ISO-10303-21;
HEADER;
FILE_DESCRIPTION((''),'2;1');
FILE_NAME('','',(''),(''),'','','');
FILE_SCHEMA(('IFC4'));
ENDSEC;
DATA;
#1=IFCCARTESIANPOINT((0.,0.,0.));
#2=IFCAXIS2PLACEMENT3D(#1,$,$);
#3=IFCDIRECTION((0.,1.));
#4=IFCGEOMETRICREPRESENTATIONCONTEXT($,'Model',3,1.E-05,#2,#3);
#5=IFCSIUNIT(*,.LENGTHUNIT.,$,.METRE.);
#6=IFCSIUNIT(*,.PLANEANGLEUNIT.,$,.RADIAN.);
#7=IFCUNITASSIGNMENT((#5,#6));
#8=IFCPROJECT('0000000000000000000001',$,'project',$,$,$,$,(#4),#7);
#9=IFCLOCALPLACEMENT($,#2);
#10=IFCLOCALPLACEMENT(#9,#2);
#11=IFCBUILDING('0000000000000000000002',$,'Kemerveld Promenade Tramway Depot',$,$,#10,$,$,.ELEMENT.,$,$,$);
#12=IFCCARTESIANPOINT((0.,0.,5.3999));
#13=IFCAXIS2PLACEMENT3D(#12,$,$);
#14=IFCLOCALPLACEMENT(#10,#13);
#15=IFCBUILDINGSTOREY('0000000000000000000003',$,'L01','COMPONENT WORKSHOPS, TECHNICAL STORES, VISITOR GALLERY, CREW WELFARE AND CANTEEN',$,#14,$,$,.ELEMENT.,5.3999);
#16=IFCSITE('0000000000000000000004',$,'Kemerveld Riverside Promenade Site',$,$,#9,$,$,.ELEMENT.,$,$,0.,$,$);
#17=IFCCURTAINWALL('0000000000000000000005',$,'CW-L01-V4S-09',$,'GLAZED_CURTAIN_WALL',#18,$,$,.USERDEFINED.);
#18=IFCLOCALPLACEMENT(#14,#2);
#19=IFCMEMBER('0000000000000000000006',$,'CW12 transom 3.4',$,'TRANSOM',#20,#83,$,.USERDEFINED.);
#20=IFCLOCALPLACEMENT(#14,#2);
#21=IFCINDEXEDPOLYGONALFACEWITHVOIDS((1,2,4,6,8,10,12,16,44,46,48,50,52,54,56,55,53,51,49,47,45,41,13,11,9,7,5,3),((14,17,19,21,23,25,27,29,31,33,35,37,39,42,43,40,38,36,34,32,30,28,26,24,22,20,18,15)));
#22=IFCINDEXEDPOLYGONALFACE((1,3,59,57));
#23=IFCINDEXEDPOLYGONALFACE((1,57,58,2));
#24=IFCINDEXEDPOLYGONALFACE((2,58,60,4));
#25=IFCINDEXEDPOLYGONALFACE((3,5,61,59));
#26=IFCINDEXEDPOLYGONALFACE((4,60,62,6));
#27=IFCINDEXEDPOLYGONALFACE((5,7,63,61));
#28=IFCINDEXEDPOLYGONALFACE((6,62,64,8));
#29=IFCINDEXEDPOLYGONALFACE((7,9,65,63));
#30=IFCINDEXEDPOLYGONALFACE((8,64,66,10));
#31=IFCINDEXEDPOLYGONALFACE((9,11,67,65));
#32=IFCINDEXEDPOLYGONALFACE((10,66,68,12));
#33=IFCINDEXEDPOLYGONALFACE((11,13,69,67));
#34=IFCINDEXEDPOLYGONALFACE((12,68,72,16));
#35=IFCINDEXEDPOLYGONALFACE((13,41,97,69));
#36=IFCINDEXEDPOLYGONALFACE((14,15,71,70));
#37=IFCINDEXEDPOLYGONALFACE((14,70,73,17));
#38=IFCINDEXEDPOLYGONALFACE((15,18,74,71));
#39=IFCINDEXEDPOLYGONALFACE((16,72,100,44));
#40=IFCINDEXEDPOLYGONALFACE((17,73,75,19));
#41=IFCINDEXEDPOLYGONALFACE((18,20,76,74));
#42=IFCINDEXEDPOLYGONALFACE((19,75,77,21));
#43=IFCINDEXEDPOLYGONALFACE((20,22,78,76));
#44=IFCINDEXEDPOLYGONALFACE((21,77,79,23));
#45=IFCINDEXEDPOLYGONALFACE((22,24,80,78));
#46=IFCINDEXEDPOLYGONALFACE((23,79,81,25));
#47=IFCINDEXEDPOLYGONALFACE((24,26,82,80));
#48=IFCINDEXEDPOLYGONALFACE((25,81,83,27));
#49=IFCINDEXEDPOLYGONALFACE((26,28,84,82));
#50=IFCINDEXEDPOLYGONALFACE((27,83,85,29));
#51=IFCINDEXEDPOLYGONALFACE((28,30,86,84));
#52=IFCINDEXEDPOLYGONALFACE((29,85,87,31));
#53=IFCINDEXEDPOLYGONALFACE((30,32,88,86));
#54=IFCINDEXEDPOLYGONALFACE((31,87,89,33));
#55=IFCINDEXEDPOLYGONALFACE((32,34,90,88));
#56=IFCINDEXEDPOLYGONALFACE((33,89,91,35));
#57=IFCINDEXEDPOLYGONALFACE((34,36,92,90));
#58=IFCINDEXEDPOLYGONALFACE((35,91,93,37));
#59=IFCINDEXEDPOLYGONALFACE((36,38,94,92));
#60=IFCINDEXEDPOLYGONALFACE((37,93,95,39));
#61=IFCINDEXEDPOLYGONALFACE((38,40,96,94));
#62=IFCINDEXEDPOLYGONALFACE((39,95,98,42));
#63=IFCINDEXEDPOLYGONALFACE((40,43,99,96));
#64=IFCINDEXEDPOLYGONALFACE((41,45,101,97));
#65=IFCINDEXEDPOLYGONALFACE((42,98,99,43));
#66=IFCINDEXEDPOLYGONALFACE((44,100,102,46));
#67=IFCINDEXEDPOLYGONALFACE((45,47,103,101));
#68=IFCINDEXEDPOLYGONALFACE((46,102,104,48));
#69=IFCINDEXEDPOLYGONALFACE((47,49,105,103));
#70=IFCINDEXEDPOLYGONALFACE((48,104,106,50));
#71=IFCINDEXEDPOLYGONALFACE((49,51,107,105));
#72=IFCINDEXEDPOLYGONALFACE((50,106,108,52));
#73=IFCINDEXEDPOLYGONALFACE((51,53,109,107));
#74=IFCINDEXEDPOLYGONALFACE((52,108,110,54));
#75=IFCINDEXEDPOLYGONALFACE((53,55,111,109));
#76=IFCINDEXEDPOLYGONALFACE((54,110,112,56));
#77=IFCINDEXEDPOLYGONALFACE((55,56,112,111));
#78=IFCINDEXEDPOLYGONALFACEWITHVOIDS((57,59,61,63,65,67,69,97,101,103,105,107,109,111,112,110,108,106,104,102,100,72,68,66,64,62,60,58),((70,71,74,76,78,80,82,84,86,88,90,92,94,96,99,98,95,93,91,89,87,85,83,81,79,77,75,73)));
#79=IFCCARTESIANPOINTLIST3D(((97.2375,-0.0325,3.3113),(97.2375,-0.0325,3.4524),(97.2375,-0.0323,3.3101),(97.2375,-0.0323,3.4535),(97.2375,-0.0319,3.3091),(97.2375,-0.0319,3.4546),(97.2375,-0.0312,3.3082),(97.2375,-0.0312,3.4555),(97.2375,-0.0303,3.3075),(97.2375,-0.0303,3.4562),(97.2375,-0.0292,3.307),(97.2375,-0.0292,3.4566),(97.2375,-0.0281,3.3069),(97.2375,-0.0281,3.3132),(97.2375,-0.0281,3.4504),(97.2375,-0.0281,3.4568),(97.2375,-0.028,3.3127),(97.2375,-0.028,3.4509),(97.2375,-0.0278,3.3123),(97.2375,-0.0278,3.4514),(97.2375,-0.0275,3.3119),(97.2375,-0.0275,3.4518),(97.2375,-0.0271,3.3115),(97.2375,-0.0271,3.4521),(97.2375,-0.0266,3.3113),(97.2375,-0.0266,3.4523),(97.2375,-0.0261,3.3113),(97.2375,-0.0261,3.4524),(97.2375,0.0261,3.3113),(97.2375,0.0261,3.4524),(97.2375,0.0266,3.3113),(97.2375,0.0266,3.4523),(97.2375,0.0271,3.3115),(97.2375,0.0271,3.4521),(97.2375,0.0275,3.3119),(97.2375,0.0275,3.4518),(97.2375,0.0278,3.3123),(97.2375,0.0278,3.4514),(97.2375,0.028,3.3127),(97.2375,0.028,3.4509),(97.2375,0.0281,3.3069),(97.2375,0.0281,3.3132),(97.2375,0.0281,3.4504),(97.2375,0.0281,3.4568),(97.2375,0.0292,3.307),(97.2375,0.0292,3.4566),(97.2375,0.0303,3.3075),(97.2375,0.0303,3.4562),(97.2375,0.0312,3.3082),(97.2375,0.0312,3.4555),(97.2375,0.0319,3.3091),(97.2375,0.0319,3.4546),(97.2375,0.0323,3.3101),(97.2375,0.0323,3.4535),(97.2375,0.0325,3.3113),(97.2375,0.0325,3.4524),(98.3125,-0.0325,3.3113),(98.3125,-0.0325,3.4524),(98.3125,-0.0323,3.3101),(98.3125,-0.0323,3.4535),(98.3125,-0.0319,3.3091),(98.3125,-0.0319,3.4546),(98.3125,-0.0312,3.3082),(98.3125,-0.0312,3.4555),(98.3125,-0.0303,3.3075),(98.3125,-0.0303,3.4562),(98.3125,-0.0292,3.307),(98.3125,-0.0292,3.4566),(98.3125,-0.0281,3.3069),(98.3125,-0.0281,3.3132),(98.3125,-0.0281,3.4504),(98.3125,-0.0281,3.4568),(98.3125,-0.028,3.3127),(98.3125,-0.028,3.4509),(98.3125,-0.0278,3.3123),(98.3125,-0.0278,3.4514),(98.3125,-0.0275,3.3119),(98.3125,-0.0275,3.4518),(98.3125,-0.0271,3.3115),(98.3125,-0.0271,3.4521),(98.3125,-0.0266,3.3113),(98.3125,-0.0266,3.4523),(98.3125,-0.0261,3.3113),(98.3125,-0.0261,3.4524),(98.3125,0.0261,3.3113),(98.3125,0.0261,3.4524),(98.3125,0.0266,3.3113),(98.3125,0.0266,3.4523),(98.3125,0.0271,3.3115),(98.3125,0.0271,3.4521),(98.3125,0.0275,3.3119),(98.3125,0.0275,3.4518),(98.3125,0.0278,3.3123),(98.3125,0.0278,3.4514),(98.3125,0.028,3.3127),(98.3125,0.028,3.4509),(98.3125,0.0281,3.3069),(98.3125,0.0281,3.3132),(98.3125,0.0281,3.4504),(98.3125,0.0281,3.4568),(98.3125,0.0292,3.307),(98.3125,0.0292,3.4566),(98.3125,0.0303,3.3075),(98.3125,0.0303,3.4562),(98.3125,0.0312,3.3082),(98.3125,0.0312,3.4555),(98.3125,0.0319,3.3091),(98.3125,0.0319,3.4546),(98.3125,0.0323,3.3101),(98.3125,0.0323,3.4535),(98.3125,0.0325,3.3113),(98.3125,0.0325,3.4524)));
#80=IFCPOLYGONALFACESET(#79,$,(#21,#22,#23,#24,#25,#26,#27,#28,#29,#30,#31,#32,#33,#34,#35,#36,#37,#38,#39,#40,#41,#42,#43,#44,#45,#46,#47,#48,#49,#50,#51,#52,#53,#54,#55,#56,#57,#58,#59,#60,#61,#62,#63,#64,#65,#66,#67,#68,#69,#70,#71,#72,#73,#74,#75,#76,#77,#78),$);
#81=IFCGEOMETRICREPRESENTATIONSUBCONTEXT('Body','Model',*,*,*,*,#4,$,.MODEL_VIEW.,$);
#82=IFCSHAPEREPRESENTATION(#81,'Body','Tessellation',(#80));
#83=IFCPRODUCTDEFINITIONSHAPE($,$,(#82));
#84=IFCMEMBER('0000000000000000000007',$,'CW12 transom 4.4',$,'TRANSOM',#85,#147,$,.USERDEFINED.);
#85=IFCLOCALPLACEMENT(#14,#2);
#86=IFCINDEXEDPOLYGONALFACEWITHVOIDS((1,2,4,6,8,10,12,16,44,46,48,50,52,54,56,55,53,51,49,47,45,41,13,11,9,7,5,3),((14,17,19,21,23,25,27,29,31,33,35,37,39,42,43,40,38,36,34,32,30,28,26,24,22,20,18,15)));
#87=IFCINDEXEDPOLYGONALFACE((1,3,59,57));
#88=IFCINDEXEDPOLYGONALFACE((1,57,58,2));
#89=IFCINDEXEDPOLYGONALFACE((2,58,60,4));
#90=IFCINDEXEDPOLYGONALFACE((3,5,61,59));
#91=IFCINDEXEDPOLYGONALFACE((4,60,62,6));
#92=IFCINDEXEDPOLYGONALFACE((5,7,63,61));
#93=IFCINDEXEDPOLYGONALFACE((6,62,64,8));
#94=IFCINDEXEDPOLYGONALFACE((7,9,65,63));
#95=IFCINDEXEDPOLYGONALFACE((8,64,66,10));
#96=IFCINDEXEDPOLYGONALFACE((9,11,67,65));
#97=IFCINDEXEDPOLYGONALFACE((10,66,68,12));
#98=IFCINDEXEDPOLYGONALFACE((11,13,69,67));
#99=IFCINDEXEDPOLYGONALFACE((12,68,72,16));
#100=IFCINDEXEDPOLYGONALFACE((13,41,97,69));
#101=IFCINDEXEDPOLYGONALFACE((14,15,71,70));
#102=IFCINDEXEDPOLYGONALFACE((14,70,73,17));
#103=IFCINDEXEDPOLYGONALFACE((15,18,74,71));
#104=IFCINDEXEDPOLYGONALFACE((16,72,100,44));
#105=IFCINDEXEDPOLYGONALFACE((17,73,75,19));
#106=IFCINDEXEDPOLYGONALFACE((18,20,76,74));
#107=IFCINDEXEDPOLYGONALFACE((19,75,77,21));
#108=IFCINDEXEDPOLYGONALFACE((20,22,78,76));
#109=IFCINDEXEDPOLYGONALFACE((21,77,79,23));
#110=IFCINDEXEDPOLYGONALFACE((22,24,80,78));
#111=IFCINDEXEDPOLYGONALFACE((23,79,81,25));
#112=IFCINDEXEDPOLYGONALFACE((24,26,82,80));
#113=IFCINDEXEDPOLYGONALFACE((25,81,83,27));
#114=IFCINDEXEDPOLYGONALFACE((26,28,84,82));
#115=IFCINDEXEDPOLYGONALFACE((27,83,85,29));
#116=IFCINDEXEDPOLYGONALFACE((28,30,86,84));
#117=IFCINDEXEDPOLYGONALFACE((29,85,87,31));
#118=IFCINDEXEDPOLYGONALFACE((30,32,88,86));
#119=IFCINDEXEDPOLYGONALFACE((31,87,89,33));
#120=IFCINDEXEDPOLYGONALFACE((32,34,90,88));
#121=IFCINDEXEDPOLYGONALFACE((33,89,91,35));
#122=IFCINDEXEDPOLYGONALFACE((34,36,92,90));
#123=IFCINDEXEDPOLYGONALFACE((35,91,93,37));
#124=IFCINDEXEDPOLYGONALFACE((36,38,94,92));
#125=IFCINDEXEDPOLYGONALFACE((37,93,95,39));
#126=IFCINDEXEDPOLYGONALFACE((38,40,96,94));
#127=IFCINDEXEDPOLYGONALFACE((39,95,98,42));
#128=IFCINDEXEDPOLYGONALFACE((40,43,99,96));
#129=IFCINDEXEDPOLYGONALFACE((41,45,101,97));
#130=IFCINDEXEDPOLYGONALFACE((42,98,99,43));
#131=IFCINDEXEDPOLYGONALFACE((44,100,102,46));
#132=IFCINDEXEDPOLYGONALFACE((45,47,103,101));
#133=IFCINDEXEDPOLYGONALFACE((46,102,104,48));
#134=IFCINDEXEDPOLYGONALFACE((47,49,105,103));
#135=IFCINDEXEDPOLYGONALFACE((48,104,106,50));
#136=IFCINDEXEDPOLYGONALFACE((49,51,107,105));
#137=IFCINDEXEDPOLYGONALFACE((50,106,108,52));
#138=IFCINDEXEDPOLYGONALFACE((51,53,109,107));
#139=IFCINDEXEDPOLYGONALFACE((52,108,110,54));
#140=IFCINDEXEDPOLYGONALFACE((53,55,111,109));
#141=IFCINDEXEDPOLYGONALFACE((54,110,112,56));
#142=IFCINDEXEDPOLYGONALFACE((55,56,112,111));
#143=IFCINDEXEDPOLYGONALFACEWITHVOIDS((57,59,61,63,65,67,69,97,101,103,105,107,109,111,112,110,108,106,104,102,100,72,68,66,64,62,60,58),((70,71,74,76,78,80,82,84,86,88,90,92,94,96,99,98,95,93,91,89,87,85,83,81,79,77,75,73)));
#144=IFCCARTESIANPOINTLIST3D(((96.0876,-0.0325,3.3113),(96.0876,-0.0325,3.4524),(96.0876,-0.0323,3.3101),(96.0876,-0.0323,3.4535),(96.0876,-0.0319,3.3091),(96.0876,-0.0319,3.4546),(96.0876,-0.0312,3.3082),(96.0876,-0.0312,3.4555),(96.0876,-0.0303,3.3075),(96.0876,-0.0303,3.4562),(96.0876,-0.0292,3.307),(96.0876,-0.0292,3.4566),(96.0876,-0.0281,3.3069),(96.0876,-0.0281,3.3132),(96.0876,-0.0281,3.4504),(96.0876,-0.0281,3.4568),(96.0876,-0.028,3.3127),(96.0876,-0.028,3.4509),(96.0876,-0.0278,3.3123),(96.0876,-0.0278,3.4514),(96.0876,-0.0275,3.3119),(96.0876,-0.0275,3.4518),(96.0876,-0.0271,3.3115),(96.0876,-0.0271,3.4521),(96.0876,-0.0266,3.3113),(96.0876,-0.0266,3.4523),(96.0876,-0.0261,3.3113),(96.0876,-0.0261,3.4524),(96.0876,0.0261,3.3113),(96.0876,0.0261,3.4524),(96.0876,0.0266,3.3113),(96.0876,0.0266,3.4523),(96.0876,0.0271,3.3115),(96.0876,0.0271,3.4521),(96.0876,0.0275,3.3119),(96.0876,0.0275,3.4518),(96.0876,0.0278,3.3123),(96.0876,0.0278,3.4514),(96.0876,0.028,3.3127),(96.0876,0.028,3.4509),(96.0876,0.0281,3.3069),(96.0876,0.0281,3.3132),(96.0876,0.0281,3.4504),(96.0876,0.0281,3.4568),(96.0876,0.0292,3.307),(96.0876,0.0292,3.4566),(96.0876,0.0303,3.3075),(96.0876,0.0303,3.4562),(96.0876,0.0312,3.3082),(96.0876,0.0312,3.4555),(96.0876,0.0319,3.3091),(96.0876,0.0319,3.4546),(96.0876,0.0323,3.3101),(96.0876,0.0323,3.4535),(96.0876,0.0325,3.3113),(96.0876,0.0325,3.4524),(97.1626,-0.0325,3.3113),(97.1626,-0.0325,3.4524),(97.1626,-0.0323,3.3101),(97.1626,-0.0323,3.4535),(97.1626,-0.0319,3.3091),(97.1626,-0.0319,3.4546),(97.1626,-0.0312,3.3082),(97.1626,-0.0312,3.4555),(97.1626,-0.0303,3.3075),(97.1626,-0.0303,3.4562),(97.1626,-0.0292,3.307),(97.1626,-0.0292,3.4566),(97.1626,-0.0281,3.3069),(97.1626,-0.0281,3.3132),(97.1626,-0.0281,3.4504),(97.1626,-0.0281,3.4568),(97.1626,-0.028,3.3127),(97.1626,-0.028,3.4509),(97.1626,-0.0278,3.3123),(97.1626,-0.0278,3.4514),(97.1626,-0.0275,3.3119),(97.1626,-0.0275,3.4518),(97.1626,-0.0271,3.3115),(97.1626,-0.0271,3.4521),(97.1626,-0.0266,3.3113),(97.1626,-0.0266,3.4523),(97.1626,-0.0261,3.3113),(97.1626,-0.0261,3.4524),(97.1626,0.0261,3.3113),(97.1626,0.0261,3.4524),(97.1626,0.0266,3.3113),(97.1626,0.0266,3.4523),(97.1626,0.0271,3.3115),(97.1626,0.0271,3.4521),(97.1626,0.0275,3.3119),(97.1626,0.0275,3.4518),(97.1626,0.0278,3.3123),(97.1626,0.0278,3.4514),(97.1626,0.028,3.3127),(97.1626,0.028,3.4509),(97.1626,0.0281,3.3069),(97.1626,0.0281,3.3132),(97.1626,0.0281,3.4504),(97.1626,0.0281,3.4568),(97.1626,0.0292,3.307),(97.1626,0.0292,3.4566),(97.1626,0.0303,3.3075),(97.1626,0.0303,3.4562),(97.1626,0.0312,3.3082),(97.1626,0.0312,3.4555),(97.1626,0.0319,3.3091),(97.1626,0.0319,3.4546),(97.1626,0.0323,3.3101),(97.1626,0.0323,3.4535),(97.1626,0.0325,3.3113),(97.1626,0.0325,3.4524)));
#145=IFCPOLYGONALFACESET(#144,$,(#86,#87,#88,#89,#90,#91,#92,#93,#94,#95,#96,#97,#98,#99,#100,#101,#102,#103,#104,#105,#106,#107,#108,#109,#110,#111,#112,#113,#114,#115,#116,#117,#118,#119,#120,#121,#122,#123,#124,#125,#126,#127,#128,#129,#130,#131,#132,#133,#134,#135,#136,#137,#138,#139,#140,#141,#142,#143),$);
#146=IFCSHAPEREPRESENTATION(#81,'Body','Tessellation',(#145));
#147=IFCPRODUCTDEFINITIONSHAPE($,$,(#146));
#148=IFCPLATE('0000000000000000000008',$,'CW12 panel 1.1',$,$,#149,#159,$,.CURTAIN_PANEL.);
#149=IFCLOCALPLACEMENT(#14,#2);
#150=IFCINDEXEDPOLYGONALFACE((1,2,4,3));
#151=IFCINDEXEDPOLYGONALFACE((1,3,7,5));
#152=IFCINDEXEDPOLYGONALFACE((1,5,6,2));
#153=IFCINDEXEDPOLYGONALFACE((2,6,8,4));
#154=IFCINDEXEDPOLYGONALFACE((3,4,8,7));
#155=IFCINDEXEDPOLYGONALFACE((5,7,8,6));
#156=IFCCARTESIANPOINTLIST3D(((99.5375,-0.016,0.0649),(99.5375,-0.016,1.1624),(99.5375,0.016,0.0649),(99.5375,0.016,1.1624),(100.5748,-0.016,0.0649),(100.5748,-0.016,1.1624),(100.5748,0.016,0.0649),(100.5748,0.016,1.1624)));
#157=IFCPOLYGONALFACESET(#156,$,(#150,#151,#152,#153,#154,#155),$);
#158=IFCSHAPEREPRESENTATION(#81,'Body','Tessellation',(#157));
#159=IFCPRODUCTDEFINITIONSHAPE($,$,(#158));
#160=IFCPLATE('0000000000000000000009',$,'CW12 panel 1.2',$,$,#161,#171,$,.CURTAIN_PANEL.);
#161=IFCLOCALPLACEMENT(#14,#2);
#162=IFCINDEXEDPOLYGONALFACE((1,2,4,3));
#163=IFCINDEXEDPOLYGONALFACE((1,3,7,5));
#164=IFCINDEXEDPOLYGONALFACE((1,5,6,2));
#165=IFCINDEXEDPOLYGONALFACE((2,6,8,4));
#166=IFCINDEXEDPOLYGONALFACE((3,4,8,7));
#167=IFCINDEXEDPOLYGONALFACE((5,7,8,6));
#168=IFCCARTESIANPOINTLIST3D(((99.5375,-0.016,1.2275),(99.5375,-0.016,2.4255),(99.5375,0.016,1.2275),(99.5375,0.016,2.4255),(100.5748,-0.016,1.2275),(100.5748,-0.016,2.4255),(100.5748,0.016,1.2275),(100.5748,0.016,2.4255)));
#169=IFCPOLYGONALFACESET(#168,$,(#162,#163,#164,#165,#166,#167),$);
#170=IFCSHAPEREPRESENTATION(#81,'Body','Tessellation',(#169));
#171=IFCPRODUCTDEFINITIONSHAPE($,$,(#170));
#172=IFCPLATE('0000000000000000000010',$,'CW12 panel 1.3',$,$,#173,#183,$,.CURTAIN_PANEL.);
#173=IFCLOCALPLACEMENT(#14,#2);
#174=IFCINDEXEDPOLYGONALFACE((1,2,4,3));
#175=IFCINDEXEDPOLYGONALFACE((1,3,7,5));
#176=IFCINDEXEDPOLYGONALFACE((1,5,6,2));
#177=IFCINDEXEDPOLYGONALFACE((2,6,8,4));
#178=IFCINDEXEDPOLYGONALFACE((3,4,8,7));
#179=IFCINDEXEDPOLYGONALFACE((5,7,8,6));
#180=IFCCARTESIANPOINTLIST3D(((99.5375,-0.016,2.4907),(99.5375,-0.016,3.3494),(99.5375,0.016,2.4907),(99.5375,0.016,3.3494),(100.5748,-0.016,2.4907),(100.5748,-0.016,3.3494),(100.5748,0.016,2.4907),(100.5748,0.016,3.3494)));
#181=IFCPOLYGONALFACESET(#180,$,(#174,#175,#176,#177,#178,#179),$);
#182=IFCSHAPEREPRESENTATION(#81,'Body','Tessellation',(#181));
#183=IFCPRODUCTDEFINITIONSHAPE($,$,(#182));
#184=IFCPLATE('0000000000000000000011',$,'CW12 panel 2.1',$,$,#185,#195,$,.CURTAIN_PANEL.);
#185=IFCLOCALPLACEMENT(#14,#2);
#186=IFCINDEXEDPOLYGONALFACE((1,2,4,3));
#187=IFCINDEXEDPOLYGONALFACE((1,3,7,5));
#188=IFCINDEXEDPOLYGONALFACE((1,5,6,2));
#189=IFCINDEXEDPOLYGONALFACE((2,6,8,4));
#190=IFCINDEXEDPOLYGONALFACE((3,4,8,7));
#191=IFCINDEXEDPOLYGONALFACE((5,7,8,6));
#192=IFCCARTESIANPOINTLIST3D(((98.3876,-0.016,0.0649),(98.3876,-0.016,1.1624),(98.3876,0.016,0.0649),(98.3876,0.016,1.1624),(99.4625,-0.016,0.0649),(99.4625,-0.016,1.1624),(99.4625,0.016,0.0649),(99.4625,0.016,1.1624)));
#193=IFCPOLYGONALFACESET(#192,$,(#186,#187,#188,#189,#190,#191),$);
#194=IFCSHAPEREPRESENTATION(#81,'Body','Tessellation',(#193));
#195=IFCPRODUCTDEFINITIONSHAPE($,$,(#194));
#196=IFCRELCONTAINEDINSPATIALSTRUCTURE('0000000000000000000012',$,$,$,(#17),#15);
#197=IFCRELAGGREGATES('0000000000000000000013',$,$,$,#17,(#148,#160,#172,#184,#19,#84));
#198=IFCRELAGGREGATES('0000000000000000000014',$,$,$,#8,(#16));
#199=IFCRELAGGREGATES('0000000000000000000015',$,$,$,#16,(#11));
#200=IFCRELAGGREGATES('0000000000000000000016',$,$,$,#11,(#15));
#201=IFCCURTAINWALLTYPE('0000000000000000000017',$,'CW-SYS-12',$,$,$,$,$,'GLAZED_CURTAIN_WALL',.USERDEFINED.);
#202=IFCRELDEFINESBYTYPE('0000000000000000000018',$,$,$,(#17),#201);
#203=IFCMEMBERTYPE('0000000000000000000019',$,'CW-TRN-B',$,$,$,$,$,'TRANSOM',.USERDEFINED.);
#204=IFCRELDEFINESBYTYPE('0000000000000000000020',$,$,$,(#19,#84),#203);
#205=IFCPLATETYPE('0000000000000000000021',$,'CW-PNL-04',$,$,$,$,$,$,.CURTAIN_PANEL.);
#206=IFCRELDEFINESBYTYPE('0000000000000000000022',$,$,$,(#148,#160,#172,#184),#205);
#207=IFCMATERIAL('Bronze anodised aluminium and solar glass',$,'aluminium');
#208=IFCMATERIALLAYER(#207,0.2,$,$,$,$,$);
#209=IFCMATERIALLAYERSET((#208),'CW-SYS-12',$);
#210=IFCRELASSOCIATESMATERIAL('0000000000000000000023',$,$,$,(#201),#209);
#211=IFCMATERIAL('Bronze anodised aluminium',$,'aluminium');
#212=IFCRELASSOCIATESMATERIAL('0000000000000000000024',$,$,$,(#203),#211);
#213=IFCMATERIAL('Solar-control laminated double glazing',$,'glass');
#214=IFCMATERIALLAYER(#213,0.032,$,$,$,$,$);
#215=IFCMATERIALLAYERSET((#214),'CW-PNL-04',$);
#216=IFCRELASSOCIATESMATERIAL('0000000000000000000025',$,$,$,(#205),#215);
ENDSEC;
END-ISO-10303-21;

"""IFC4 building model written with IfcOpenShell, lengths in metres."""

from ifc_helpers import new_model, si_unit, direction, frame, origin, origin_2d, place, context, subcontext, project, spatial, rectangle, hollow_rectangle, extrude, material, layer, layer_set, material_profile, profile_set, type_object, element, aggregate, save


model = new_model("IFC4")

# Units and contexts
model_context = context("Model", 3, precision=1e-05, world=origin(), true_north=direction((0.0, 1.0)))
body_context = subcontext(model_context, "Body", "Model", "MODEL_VIEW")
ifc_project = project(units=[si_unit("LENGTHUNIT", "METRE"), si_unit("PLANEANGLEUNIT", "RADIAN")], contexts=[model_context])

# Site, building, storey
site_placement = place(None, origin())
site = spatial("IfcSite", under=ifc_project, at=site_placement, Name="Kemerveld Riverside Promenade Site", CompositionType="ELEMENT", RefElevation=0.0)
building_placement = place(site_placement, origin())
building = spatial("IfcBuilding", under=site, at=building_placement, Name="Kemerveld Promenade Tramway Depot", CompositionType="ELEMENT")
storey_placement = place(building_placement, frame((0.0, 0.0, 5.3999)))
storey = spatial("IfcBuildingStorey", under=building, at=storey_placement, Name="L01", Description="COMPONENT WORKSHOPS, TECHNICAL STORES, VISITOR GALLERY, CREW WELFARE AND CANTEEN", CompositionType="ELEMENT", Elevation=5.3999)

# Curtain wall, members, plates
ifc_material_1 = material(Name="Bronze anodised aluminium and solar glass", Category="aluminium")
ifc_layer_1 = layer(ifc_material_1, 0.2)
ifc_layer_set_1 = layer_set([ifc_layer_1], Name="CW-SYS-12")
curtain_wall_type = type_object("IfcCurtainWallType", Name="CW-SYS-12", ElementType="GLAZED_CURTAIN_WALL", PredefinedType="USERDEFINED", material=ifc_layer_set_1)
curtain_wall_placement = place(storey_placement, origin())
curtain_wall = element("IfcCurtainWall", 1, at=curtain_wall_placement, inside=storey, type_object=curtain_wall_type, Name="CW-L01-V4S-09", ObjectType="GLAZED_CURTAIN_WALL", PredefinedType="USERDEFINED")
ifc_material_2 = material(Name="Bronze anodised aluminium", Category="aluminium")
ifc_material_profile_1 = material_profile(ifc_material_2, hollow_rectangle(XDim=0.0649, YDim=0.1499, WallThickness=0.0044, InnerFilletRadius=0.002, OuterFilletRadius=0.0044, at=origin_2d()), Name="CW-TRN-150x65")
ifc_profile_set_1 = profile_set([ifc_material_profile_1], Name="Bronze anodised aluminium")
member_type_1 = type_object("IfcMemberType", Name="CW-TRN-B", ElementType="TRANSOM", PredefinedType="USERDEFINED", material=ifc_profile_set_1)
member_1_placement = place(storey_placement, frame((98.3125, 0.0, 3.3818), z_axis=(-1.0, 0.0, 0.0), x_axis=(0.0, -1.0, 0.0)))
member_1 = element("IfcMember", 2, at=member_1_placement, type_object=member_type_1, Name="CW12 transom 3.4", ObjectType="TRANSOM", PredefinedType="USERDEFINED", context=body_context, shape_type="SweptSolid", body=[
    extrude(hollow_rectangle(XDim=0.0649, YDim=0.1499, WallThickness=0.0044, InnerFilletRadius=0.002, OuterFilletRadius=0.0044, at=origin_2d()), origin(), (0.0, 0.0, 1.0), 1.075),
])
member_2_placement = place(storey_placement, frame((97.1626, 0.0, 3.3818), z_axis=(-1.0, 0.0, 0.0), x_axis=(0.0, -1.0, 0.0)))
member_2 = element("IfcMember", 3, at=member_2_placement, type_object=member_type_1, Name="CW12 transom 4.4", ObjectType="TRANSOM", PredefinedType="USERDEFINED", context=body_context, shape_type="SweptSolid", body=[
    extrude(hollow_rectangle(XDim=0.0649, YDim=0.1499, WallThickness=0.0044, InnerFilletRadius=0.002, OuterFilletRadius=0.0044, at=origin_2d()), origin(), (0.0, 0.0, 1.0), 1.075),
])
ifc_material_3 = material(Name="Solar-control laminated double glazing", Category="glass")
ifc_layer_2 = layer(ifc_material_3, 0.032)
ifc_layer_set_2 = layer_set([ifc_layer_2], Name="CW-PNL-04")
plate_type = type_object("IfcPlateType", Name="CW-PNL-04", PredefinedType="CURTAIN_PANEL", material=ifc_layer_set_2)
plate_1_placement = place(storey_placement, frame((100.0562, 0.0, 0.0649), z_axis=(0.0, 0.0, 1.0), x_axis=(-1.0, 0.0, 0.0)))
plate_1 = element("IfcPlate", 4, at=plate_1_placement, type_object=plate_type, Name="CW12 panel 1.1", PredefinedType="CURTAIN_PANEL", context=body_context, shape_type="SweptSolid", body=[
    extrude(rectangle(XDim=1.0374, YDim=0.032, at=origin_2d()), origin(), (0.0, 0.0, 1.0), 1.0974),
])
plate_2_placement = place(storey_placement, frame((100.0562, 0.0, 1.2275), z_axis=(0.0, 0.0, 1.0), x_axis=(-1.0, 0.0, 0.0)))
plate_2 = element("IfcPlate", 5, at=plate_2_placement, type_object=plate_type, Name="CW12 panel 1.2", PredefinedType="CURTAIN_PANEL", context=body_context, shape_type="SweptSolid", body=[
    extrude(rectangle(XDim=1.0374, YDim=0.032, at=origin_2d()), origin(), (0.0, 0.0, 1.0), 1.198),
])
plate_3_placement = place(storey_placement, frame((100.0562, 0.0, 2.4907), z_axis=(0.0, 0.0, 1.0), x_axis=(-1.0, 0.0, 0.0)))
plate_3 = element("IfcPlate", 6, at=plate_3_placement, type_object=plate_type, Name="CW12 panel 1.3", PredefinedType="CURTAIN_PANEL", context=body_context, shape_type="SweptSolid", body=[
    extrude(rectangle(XDim=1.0374, YDim=0.032, at=origin_2d()), origin(), (0.0, 0.0, 1.0), 0.8586),
])
plate_4_placement = place(storey_placement, frame((98.925, 0.0, 0.0649), z_axis=(0.0, 0.0, 1.0), x_axis=(-1.0, 0.0, 0.0)))
plate_4 = element("IfcPlate", 7, at=plate_4_placement, type_object=plate_type, Name="CW12 panel 2.1", PredefinedType="CURTAIN_PANEL", context=body_context, shape_type="SweptSolid", body=[
    extrude(rectangle(XDim=1.075, YDim=0.032, at=origin_2d()), origin(), (0.0, 0.0, 1.0), 1.0974),
])
aggregate(curtain_wall, [plate_1, plate_2, plate_3, plate_4, member_1, member_2])

save(model, "model.ifc")
